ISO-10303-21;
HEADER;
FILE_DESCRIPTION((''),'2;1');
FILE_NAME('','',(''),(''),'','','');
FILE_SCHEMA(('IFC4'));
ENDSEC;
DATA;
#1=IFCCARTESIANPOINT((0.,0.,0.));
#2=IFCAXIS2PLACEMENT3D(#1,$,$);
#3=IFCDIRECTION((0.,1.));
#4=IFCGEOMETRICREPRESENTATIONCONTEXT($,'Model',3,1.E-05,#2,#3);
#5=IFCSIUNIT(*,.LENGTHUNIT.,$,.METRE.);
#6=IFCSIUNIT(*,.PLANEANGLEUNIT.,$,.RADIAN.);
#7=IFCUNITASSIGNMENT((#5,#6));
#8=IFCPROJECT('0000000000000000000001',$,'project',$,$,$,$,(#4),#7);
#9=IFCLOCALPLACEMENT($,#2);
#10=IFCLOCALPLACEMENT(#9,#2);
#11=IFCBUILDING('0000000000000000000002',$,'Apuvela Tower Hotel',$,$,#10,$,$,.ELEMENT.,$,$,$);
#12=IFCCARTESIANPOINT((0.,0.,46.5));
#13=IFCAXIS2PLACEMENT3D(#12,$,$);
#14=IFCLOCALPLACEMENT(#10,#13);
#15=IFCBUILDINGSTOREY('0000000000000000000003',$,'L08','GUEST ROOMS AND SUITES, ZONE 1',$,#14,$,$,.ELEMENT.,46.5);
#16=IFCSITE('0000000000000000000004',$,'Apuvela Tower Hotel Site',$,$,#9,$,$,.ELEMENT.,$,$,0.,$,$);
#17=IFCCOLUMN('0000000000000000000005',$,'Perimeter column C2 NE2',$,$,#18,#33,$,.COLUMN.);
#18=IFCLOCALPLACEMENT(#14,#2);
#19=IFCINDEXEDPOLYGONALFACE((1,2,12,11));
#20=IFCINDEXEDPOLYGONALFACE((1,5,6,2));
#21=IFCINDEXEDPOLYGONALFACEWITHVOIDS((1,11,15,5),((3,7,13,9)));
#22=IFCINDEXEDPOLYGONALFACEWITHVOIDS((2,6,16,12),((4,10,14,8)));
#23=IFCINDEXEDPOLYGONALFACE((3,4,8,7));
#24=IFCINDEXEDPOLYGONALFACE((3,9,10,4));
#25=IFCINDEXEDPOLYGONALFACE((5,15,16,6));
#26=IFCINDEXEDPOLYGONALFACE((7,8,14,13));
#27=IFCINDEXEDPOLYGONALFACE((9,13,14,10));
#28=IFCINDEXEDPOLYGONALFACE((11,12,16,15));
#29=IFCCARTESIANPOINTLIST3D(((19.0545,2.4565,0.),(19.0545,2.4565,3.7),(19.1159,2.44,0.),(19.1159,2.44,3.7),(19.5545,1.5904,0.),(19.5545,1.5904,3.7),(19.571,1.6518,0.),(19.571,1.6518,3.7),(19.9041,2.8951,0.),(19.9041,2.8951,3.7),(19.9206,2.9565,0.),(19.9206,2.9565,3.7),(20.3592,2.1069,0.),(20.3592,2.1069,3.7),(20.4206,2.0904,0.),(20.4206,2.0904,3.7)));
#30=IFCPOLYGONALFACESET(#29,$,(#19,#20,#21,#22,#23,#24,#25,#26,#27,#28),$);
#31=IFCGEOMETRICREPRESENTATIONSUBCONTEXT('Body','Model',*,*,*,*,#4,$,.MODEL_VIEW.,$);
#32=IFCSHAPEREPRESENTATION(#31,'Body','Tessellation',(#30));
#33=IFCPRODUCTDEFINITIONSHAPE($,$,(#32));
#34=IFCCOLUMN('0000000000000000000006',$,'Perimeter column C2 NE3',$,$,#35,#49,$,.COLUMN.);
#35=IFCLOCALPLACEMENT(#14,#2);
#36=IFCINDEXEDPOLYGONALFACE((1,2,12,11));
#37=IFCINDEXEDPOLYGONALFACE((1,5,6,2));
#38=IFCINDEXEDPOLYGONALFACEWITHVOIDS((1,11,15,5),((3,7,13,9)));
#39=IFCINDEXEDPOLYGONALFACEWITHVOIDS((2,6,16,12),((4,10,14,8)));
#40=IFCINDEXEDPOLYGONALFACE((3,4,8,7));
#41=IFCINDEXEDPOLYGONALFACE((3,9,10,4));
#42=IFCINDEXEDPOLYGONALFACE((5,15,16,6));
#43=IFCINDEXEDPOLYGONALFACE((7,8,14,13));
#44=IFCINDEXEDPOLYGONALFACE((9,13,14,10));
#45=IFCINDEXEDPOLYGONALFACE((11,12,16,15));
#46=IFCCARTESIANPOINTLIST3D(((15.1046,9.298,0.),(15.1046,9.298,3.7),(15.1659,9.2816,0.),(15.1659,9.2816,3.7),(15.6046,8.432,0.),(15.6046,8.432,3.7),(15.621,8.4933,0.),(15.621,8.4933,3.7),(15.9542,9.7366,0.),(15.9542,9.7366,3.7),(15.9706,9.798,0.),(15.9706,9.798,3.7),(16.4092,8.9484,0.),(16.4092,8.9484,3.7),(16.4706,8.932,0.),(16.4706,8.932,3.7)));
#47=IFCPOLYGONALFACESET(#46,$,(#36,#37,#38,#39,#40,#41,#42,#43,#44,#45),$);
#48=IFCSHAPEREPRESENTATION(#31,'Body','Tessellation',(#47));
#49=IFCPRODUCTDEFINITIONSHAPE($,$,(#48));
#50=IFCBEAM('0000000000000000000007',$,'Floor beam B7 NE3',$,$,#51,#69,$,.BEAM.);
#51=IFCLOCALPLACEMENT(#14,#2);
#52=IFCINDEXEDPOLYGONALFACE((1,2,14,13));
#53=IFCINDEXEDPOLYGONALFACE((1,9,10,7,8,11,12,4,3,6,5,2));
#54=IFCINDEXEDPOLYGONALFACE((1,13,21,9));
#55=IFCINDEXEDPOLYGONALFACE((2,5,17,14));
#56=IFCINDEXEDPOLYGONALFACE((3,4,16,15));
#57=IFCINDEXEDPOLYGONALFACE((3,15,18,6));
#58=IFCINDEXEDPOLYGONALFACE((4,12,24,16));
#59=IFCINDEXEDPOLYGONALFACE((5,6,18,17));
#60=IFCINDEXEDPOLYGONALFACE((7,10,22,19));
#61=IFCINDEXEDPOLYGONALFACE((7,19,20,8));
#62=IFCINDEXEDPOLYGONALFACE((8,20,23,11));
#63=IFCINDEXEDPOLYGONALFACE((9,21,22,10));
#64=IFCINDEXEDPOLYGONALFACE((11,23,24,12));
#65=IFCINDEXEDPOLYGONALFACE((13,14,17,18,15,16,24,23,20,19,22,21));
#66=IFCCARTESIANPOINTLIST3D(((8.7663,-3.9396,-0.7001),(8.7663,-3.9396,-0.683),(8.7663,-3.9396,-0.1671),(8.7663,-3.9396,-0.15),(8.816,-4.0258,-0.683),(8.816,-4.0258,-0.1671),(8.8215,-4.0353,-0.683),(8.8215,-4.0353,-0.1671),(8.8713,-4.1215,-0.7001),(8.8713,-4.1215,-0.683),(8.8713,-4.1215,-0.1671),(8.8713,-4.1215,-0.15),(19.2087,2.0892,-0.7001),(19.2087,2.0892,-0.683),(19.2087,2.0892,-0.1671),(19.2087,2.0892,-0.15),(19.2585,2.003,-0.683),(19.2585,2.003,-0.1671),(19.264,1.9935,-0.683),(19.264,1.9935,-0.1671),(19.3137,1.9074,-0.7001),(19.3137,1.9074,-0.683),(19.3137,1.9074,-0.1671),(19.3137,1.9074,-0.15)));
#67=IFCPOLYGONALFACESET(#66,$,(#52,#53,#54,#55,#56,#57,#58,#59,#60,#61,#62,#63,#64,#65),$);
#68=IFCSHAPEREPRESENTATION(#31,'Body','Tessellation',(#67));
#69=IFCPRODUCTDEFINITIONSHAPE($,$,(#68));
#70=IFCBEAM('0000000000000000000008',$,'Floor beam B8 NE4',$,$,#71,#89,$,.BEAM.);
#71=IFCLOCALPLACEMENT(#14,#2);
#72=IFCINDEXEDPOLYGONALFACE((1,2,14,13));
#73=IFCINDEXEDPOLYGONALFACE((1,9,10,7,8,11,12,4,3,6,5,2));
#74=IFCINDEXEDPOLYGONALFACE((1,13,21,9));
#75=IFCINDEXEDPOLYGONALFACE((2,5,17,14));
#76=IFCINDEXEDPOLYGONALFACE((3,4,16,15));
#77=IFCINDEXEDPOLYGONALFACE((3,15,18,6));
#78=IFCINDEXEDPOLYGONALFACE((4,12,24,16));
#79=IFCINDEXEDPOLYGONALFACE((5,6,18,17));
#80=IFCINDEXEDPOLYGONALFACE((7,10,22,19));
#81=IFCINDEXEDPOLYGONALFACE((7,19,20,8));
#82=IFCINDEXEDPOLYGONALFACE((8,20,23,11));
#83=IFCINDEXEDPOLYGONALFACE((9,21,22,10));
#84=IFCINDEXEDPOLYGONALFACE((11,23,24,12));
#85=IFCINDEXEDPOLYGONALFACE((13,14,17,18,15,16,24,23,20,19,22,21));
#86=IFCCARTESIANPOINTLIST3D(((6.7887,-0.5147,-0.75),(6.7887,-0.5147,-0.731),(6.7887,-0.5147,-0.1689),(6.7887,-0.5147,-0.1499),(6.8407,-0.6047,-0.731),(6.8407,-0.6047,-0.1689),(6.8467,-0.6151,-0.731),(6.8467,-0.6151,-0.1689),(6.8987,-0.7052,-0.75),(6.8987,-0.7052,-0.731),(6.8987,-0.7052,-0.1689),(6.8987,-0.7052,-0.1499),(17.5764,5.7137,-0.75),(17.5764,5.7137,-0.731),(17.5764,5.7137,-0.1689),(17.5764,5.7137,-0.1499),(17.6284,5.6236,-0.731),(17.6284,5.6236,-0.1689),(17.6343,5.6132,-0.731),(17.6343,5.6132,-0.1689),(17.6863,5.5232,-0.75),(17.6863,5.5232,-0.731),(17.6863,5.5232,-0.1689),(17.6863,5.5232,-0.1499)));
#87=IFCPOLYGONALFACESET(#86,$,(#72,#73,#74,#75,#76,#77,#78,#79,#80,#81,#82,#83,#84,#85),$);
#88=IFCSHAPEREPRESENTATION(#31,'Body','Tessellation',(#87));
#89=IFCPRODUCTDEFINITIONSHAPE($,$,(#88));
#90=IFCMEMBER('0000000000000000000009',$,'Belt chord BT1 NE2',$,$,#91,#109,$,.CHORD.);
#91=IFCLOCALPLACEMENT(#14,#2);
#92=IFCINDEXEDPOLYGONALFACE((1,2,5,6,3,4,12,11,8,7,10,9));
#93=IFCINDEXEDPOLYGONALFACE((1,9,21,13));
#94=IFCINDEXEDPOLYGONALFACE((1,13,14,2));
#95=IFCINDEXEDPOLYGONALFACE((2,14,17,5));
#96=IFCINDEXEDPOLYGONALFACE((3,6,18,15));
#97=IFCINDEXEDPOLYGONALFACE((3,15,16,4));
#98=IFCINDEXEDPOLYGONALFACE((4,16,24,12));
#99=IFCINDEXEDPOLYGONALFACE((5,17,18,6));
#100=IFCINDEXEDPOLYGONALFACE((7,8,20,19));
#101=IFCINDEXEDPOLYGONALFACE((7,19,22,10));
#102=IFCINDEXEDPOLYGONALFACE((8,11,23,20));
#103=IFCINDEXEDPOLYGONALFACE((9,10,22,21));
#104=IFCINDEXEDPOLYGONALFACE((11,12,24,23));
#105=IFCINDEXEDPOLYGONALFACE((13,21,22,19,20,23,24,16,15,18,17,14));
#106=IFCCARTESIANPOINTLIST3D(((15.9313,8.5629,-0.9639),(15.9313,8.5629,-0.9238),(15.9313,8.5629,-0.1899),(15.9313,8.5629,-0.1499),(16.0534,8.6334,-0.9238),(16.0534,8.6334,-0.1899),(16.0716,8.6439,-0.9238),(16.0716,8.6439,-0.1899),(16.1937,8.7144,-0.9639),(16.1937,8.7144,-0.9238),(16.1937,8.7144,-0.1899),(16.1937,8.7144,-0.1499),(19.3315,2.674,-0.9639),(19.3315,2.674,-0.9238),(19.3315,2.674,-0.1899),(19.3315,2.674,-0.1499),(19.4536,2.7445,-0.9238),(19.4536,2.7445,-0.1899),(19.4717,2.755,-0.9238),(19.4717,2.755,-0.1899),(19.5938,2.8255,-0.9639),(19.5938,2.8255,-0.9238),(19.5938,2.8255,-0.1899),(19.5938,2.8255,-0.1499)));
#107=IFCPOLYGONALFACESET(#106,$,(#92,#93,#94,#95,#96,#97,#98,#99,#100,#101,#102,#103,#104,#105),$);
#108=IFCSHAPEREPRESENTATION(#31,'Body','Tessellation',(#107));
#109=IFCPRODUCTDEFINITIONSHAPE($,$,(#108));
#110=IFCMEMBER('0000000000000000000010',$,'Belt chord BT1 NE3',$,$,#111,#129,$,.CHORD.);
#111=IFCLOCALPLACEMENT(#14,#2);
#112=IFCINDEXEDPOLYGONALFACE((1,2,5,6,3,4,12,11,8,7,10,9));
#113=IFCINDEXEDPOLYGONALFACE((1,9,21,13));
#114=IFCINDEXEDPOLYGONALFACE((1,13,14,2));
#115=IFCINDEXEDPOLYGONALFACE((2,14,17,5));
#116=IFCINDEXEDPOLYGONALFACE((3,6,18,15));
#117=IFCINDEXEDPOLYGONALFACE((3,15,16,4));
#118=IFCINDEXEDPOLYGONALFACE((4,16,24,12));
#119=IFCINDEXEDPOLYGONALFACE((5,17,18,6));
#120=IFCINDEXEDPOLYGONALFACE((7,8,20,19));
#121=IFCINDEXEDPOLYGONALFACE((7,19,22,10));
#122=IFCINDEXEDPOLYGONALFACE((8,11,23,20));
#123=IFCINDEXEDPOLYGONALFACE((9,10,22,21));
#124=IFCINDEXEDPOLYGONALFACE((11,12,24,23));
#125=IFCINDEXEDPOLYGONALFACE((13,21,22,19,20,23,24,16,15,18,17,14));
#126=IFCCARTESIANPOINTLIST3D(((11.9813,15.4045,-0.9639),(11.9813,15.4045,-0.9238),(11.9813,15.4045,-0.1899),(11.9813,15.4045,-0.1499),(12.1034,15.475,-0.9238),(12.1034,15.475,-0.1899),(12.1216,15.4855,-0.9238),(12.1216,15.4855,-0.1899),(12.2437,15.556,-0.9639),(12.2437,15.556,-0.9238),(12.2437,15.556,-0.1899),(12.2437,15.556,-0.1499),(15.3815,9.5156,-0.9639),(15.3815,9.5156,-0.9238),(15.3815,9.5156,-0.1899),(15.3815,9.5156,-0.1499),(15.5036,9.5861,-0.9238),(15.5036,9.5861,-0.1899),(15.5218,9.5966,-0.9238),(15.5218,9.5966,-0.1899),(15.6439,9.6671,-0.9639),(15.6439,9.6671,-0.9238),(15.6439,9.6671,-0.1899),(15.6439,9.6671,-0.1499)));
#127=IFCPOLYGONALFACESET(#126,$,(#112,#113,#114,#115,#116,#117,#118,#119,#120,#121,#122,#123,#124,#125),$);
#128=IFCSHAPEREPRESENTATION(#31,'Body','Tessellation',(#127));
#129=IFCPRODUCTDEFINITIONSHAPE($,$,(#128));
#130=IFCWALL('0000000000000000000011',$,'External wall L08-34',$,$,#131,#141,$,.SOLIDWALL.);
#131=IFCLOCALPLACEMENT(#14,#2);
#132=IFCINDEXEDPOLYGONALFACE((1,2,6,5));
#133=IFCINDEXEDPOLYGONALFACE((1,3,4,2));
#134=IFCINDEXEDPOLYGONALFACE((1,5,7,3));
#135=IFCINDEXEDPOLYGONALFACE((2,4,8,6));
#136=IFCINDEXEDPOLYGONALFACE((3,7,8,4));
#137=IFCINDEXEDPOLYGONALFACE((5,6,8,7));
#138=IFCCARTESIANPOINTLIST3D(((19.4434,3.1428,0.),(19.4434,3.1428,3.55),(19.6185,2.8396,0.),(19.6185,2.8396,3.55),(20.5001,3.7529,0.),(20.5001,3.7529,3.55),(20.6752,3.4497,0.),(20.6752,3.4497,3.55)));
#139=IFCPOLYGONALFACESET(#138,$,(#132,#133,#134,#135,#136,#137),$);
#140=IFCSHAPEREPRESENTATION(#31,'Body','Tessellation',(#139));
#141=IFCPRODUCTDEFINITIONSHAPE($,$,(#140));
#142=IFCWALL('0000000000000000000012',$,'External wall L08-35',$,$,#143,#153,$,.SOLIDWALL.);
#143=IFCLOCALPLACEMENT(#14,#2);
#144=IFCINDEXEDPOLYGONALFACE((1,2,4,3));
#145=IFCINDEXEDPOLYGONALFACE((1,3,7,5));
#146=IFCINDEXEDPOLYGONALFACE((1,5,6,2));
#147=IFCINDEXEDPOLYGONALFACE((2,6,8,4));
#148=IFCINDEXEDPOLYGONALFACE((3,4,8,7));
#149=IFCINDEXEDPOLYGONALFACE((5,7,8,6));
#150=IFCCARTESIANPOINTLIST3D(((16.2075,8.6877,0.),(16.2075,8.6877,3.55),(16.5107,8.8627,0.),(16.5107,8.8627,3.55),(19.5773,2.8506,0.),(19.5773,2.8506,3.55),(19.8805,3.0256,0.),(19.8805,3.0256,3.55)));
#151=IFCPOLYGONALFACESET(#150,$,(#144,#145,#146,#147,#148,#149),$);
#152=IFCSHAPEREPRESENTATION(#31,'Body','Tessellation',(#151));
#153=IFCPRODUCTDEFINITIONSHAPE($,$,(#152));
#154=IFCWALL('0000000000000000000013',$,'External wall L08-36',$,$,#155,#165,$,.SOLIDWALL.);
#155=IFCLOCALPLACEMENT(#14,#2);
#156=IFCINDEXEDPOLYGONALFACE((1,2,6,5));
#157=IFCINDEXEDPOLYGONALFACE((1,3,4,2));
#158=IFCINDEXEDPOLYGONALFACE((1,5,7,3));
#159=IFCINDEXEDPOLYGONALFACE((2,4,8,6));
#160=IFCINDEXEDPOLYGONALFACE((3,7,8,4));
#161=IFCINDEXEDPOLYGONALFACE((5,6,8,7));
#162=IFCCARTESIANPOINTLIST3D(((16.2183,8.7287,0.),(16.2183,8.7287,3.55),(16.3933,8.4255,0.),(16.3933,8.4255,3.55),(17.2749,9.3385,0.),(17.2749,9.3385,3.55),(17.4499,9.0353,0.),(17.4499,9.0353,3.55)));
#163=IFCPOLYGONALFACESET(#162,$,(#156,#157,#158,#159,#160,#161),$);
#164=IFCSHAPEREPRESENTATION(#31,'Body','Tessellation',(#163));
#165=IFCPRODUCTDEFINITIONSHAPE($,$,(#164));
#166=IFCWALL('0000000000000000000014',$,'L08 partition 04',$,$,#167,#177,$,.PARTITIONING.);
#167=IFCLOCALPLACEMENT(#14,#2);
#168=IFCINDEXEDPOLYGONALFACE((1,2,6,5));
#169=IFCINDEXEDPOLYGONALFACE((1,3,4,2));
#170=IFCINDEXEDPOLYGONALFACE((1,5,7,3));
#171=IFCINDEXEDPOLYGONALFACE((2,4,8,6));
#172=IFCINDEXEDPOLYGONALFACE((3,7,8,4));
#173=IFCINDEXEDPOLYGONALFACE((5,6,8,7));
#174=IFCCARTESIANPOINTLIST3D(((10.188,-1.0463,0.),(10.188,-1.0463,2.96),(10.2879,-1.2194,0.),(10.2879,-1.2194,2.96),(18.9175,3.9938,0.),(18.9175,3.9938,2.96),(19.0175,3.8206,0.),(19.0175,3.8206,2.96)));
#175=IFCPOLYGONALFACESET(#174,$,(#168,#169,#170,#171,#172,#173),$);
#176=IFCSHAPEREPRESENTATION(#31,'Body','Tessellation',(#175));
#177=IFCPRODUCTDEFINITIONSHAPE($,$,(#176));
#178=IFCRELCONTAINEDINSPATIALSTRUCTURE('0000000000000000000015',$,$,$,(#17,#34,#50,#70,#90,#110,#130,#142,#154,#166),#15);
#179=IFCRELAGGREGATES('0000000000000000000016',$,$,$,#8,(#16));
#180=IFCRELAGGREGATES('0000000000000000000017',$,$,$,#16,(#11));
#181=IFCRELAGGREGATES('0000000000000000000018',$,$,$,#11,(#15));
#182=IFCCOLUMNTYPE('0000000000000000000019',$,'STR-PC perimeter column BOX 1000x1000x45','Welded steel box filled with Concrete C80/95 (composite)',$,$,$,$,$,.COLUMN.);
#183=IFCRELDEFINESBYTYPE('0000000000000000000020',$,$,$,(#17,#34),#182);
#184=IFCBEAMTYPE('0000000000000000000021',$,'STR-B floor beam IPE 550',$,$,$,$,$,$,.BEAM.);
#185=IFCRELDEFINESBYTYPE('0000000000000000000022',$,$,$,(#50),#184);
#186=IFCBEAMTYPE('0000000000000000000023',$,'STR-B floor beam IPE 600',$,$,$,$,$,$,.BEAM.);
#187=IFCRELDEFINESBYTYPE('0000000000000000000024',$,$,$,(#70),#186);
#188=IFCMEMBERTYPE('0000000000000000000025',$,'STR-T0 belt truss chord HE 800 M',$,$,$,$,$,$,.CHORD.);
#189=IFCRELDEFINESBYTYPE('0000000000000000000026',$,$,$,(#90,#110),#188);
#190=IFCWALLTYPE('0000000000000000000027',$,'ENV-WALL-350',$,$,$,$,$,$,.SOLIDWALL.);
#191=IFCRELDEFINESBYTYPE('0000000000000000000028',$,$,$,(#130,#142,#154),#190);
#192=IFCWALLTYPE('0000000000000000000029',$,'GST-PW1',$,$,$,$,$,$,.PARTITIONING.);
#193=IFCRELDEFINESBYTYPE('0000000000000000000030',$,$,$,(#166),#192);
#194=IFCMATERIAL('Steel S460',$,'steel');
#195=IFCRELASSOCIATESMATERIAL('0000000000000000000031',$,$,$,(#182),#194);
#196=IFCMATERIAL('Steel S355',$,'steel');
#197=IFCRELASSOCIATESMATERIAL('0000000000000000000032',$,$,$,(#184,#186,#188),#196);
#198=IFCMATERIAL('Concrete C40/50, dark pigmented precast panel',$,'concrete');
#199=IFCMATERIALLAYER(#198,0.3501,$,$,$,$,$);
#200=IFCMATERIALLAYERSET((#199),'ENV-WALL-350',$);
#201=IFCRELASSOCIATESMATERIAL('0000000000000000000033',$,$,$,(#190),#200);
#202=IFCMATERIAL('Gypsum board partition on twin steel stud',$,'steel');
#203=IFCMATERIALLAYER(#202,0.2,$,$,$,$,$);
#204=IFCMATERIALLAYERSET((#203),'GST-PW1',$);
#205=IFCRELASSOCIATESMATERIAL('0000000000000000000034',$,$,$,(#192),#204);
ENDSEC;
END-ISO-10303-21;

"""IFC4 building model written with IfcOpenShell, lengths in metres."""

from ifc_helpers import new_model, si_unit, direction, frame, frame_2d, origin, origin_2d, place, context, subcontext, project, spatial, rectangle, hollow_rectangle, i_section, extrude, material, layer, layer_set, material_profile, profile_set, type_object, element, save


model = new_model("IFC4")

# Units and contexts
model_context = context("Model", 3, precision=1e-05, world=origin(), true_north=direction((0.0, 1.0)))
body_context = subcontext(model_context, "Body", "Model", "MODEL_VIEW")
ifc_project = project(units=[si_unit("LENGTHUNIT", "METRE"), si_unit("PLANEANGLEUNIT", "RADIAN")], contexts=[model_context])

# Site, building, storey
site_placement = place(None, origin())
site = spatial("IfcSite", under=ifc_project, at=site_placement, Name="Apuvela Tower Hotel Site", CompositionType="ELEMENT", RefElevation=0.0)
building_placement = place(site_placement, origin())
building = spatial("IfcBuilding", under=site, at=building_placement, Name="Apuvela Tower Hotel", CompositionType="ELEMENT")
storey_placement = place(building_placement, frame((0.0, 0.0, 46.5)))
storey = spatial("IfcBuildingStorey", under=building, at=storey_placement, Name="L08", Description="GUEST ROOMS AND SUITES, ZONE 1", CompositionType="ELEMENT", Elevation=46.5)

# Columns
ifc_material_1 = material(Name="Steel S460", Category="steel")
ifc_material_profile_1 = material_profile(ifc_material_1, hollow_rectangle(XDim=1.0, YDim=1.0, WallThickness=0.0449, at=origin_2d()), Name="BOX 1000x1000x45")
ifc_material_2 = material(Name="Concrete C80/95", Category="concrete")
ifc_material_profile_2 = material_profile(ifc_material_2, rectangle(XDim=0.9099, YDim=0.9099, at=origin_2d()), Name="Concrete C80/95 infill")
ifc_profile_set_1 = profile_set([ifc_material_profile_1, ifc_material_profile_2], Name="Steel S460")
column_type = type_object("IfcColumnType", Name="STR-PC perimeter column BOX 1000x1000x45", Description="Welded steel box filled with Concrete C80/95 (composite)", PredefinedType="COLUMN", material=ifc_profile_set_1)
for number, where, z_axis, x_axis, name in (
    (1, (19.7375, 2.2734, 0.0), (0.0, 0.0, 1.0), (-0.5, 0.866025, 0.0), "Perimeter column C2 NE2"),
    (2, (15.7876, 9.115, 0.0), (0.0, 0.0, 1.0), (-0.5, 0.866025, 0.0), "Perimeter column C2 NE3"),
):
    element("IfcColumn", number, at=place(storey_placement, frame(where, z_axis=z_axis, x_axis=x_axis)), inside=storey, type_object=column_type, Name=name, PredefinedType="COLUMN", context=body_context, shape_type="SweptSolid", body=[
        extrude(hollow_rectangle(XDim=1.0, YDim=1.0, WallThickness=0.0449, at=origin_2d()), origin(), (0.0, 0.0, 1.0), 3.7),
    ])

# Beams
ifc_material_3 = material(Name="Steel S355", Category="steel")
ifc_material_profile_3 = material_profile(ifc_material_3, i_section(OverallWidth=0.21, OverallDepth=0.55, WebThickness=0.011, FlangeThickness=0.0171, at=origin_2d()), Name="IPE 550")
ifc_profile_set_2 = profile_set([ifc_material_profile_3], Name="Steel S355")
beam_type_1 = type_object("IfcBeamType", Name="STR-B floor beam IPE 550", PredefinedType="BEAM", material=ifc_profile_set_2)
beam_1_placement = place(storey_placement, frame((19.2612, 1.9983, -0.425), z_axis=(-0.866029, -0.499994, 0.0), x_axis=(0.499994, -0.866029, 0.0)))
element("IfcBeam", 3, at=beam_1_placement, inside=storey, type_object=beam_type_1, Name="Floor beam B7 NE3", PredefinedType="BEAM", context=body_context, shape_type="SweptSolid", body=[
    extrude(i_section(OverallWidth=0.21, OverallDepth=0.55, WebThickness=0.011, FlangeThickness=0.0171, at=origin_2d()), origin(), (0.0, 0.0, 1.0), 12.0579),
])
ifc_material_profile_4 = material_profile(ifc_material_3, i_section(OverallWidth=0.22, OverallDepth=0.6001, WebThickness=0.012, FlangeThickness=0.019, at=origin_2d()), Name="IPE 600")
ifc_profile_set_3 = profile_set([ifc_material_profile_4], Name="Steel S355")
beam_type_2 = type_object("IfcBeamType", Name="STR-B floor beam IPE 600", PredefinedType="BEAM", material=ifc_profile_set_3)
beam_2_placement = place(storey_placement, frame((17.6313, 5.6184, -0.45), z_axis=(-0.866024, -0.500003, 0.0), x_axis=(0.500003, -0.866024, 0.0)))
element("IfcBeam", 4, at=beam_2_placement, inside=storey, type_object=beam_type_2, Name="Floor beam B8 NE4", PredefinedType="BEAM", context=body_context, shape_type="SweptSolid", body=[
    extrude(i_section(OverallWidth=0.22, OverallDepth=0.6001, WebThickness=0.012, FlangeThickness=0.019, at=origin_2d()), origin(), (0.0, 0.0, 1.0), 12.4565),
])

# Members
ifc_material_profile_5 = material_profile(ifc_material_3, i_section(OverallWidth=0.303, OverallDepth=0.814, WebThickness=0.021, FlangeThickness=0.04, at=origin_2d()), Name="HE 800 M")
ifc_profile_set_4 = profile_set([ifc_material_profile_5], Name="Steel S355")
member_type = type_object("IfcMemberType", Name="STR-T0 belt truss chord HE 800 M", PredefinedType="CHORD", material=ifc_profile_set_4)
for number, where, z_axis, x_axis, name in (
    (5, (19.4626, 2.7498, -0.5569), (-0.50002, 0.866014, 0.0), (-0.866014, -0.50002, 0.0), "Belt chord BT1 NE2"),
    (6, (15.5127, 9.5913, -0.5569), (-0.50002, 0.866014, 0.0), (-0.866014, -0.50002, 0.0), "Belt chord BT1 NE3"),
):
    element("IfcMember", number, at=place(storey_placement, frame(where, z_axis=z_axis, x_axis=x_axis)), inside=storey, type_object=member_type, Name=name, PredefinedType="CHORD", context=body_context, shape_type="SweptSolid", body=[
        extrude(i_section(OverallWidth=0.303, OverallDepth=0.814, WebThickness=0.021, FlangeThickness=0.04, at=origin_2d()), origin(), (0.0, 0.0, 1.0), 6.8),
    ])

# Walls
ifc_material_4 = material(Name="Concrete C40/50, dark pigmented precast panel", Category="concrete")
ifc_layer_1 = layer(ifc_material_4, 0.3501)
ifc_layer_set_1 = layer_set([ifc_layer_1], Name="ENV-WALL-350")
wall_type_1 = type_object("IfcWallType", Name="ENV-WALL-350", PredefinedType="SOLIDWALL", material=ifc_layer_set_1)
wall_1_placement = place(storey_placement, frame((20.5876, 3.6013, 0.0), z_axis=(0.0, 0.0, 1.0), x_axis=(-0.866006, -0.500034, 0.0)))
element("IfcWall", 7, at=wall_1_placement, inside=storey, type_object=wall_type_1, Name="External wall L08-34", PredefinedType="SOLIDWALL", context=body_context, shape_type="SweptSolid", body=[
    extrude(rectangle(XDim=1.2202, YDim=0.3501, at=frame_2d((0.6101, 0.0))), origin(), (0.0, 0.0, 1.0), 3.55),
])
wall_2_placement = place(storey_placement, frame((19.729, 2.938, 0.0), z_axis=(0.0, 0.0, 1.0), x_axis=(-0.499976, 0.866039, 0.0)))
element("IfcWall", 8, at=wall_2_placement, inside=storey, type_object=wall_type_1, Name="External wall L08-35", PredefinedType="SOLIDWALL", context=body_context, shape_type="SweptSolid", body=[
    extrude(rectangle(XDim=6.74, YDim=0.3501, at=frame_2d((3.3701, 0.0))), origin(), (0.0, 0.0, 1.0), 3.55),
])
wall_3_placement = place(storey_placement, frame((16.3059, 8.5771, 0.0), z_axis=(0.0, 0.0, 1.0), x_axis=(0.866092, 0.499884, 0.0)))
element("IfcWall", 9, at=wall_3_placement, inside=storey, type_object=wall_type_1, Name="External wall L08-36", PredefinedType="SOLIDWALL", context=body_context, shape_type="SweptSolid", body=[
    extrude(rectangle(XDim=1.22, YDim=0.3501, at=frame_2d((0.6099, 0.0))), origin(), (0.0, 0.0, 1.0), 3.55),
])

# Wall
ifc_material_5 = material(Name="Gypsum board partition on twin steel stud", Category="steel")
ifc_layer_2 = layer(ifc_material_5, 0.2)
ifc_layer_set_2 = layer_set([ifc_layer_2], Name="GST-PW1")
wall_type_2 = type_object("IfcWallType", Name="GST-PW1", PredefinedType="PARTITIONING", material=ifc_layer_set_2)
wall_4_placement = place(storey_placement, frame((18.9675, 3.9072, 0.0), z_axis=(0.0, 0.0, 1.0), x_axis=(-0.866023, -0.500005, 0.0)))
element("IfcWall", 10, at=wall_4_placement, inside=storey, type_object=wall_type_2, Name="L08 partition 04", PredefinedType="PARTITIONING", context=body_context, shape_type="SweptSolid", body=[
    extrude(rectangle(XDim=10.0801, YDim=0.2, at=frame_2d((5.04, 0.0))), origin(), (0.0, 0.0, 1.0), 2.96),
])

save(model, "model.ifc")
